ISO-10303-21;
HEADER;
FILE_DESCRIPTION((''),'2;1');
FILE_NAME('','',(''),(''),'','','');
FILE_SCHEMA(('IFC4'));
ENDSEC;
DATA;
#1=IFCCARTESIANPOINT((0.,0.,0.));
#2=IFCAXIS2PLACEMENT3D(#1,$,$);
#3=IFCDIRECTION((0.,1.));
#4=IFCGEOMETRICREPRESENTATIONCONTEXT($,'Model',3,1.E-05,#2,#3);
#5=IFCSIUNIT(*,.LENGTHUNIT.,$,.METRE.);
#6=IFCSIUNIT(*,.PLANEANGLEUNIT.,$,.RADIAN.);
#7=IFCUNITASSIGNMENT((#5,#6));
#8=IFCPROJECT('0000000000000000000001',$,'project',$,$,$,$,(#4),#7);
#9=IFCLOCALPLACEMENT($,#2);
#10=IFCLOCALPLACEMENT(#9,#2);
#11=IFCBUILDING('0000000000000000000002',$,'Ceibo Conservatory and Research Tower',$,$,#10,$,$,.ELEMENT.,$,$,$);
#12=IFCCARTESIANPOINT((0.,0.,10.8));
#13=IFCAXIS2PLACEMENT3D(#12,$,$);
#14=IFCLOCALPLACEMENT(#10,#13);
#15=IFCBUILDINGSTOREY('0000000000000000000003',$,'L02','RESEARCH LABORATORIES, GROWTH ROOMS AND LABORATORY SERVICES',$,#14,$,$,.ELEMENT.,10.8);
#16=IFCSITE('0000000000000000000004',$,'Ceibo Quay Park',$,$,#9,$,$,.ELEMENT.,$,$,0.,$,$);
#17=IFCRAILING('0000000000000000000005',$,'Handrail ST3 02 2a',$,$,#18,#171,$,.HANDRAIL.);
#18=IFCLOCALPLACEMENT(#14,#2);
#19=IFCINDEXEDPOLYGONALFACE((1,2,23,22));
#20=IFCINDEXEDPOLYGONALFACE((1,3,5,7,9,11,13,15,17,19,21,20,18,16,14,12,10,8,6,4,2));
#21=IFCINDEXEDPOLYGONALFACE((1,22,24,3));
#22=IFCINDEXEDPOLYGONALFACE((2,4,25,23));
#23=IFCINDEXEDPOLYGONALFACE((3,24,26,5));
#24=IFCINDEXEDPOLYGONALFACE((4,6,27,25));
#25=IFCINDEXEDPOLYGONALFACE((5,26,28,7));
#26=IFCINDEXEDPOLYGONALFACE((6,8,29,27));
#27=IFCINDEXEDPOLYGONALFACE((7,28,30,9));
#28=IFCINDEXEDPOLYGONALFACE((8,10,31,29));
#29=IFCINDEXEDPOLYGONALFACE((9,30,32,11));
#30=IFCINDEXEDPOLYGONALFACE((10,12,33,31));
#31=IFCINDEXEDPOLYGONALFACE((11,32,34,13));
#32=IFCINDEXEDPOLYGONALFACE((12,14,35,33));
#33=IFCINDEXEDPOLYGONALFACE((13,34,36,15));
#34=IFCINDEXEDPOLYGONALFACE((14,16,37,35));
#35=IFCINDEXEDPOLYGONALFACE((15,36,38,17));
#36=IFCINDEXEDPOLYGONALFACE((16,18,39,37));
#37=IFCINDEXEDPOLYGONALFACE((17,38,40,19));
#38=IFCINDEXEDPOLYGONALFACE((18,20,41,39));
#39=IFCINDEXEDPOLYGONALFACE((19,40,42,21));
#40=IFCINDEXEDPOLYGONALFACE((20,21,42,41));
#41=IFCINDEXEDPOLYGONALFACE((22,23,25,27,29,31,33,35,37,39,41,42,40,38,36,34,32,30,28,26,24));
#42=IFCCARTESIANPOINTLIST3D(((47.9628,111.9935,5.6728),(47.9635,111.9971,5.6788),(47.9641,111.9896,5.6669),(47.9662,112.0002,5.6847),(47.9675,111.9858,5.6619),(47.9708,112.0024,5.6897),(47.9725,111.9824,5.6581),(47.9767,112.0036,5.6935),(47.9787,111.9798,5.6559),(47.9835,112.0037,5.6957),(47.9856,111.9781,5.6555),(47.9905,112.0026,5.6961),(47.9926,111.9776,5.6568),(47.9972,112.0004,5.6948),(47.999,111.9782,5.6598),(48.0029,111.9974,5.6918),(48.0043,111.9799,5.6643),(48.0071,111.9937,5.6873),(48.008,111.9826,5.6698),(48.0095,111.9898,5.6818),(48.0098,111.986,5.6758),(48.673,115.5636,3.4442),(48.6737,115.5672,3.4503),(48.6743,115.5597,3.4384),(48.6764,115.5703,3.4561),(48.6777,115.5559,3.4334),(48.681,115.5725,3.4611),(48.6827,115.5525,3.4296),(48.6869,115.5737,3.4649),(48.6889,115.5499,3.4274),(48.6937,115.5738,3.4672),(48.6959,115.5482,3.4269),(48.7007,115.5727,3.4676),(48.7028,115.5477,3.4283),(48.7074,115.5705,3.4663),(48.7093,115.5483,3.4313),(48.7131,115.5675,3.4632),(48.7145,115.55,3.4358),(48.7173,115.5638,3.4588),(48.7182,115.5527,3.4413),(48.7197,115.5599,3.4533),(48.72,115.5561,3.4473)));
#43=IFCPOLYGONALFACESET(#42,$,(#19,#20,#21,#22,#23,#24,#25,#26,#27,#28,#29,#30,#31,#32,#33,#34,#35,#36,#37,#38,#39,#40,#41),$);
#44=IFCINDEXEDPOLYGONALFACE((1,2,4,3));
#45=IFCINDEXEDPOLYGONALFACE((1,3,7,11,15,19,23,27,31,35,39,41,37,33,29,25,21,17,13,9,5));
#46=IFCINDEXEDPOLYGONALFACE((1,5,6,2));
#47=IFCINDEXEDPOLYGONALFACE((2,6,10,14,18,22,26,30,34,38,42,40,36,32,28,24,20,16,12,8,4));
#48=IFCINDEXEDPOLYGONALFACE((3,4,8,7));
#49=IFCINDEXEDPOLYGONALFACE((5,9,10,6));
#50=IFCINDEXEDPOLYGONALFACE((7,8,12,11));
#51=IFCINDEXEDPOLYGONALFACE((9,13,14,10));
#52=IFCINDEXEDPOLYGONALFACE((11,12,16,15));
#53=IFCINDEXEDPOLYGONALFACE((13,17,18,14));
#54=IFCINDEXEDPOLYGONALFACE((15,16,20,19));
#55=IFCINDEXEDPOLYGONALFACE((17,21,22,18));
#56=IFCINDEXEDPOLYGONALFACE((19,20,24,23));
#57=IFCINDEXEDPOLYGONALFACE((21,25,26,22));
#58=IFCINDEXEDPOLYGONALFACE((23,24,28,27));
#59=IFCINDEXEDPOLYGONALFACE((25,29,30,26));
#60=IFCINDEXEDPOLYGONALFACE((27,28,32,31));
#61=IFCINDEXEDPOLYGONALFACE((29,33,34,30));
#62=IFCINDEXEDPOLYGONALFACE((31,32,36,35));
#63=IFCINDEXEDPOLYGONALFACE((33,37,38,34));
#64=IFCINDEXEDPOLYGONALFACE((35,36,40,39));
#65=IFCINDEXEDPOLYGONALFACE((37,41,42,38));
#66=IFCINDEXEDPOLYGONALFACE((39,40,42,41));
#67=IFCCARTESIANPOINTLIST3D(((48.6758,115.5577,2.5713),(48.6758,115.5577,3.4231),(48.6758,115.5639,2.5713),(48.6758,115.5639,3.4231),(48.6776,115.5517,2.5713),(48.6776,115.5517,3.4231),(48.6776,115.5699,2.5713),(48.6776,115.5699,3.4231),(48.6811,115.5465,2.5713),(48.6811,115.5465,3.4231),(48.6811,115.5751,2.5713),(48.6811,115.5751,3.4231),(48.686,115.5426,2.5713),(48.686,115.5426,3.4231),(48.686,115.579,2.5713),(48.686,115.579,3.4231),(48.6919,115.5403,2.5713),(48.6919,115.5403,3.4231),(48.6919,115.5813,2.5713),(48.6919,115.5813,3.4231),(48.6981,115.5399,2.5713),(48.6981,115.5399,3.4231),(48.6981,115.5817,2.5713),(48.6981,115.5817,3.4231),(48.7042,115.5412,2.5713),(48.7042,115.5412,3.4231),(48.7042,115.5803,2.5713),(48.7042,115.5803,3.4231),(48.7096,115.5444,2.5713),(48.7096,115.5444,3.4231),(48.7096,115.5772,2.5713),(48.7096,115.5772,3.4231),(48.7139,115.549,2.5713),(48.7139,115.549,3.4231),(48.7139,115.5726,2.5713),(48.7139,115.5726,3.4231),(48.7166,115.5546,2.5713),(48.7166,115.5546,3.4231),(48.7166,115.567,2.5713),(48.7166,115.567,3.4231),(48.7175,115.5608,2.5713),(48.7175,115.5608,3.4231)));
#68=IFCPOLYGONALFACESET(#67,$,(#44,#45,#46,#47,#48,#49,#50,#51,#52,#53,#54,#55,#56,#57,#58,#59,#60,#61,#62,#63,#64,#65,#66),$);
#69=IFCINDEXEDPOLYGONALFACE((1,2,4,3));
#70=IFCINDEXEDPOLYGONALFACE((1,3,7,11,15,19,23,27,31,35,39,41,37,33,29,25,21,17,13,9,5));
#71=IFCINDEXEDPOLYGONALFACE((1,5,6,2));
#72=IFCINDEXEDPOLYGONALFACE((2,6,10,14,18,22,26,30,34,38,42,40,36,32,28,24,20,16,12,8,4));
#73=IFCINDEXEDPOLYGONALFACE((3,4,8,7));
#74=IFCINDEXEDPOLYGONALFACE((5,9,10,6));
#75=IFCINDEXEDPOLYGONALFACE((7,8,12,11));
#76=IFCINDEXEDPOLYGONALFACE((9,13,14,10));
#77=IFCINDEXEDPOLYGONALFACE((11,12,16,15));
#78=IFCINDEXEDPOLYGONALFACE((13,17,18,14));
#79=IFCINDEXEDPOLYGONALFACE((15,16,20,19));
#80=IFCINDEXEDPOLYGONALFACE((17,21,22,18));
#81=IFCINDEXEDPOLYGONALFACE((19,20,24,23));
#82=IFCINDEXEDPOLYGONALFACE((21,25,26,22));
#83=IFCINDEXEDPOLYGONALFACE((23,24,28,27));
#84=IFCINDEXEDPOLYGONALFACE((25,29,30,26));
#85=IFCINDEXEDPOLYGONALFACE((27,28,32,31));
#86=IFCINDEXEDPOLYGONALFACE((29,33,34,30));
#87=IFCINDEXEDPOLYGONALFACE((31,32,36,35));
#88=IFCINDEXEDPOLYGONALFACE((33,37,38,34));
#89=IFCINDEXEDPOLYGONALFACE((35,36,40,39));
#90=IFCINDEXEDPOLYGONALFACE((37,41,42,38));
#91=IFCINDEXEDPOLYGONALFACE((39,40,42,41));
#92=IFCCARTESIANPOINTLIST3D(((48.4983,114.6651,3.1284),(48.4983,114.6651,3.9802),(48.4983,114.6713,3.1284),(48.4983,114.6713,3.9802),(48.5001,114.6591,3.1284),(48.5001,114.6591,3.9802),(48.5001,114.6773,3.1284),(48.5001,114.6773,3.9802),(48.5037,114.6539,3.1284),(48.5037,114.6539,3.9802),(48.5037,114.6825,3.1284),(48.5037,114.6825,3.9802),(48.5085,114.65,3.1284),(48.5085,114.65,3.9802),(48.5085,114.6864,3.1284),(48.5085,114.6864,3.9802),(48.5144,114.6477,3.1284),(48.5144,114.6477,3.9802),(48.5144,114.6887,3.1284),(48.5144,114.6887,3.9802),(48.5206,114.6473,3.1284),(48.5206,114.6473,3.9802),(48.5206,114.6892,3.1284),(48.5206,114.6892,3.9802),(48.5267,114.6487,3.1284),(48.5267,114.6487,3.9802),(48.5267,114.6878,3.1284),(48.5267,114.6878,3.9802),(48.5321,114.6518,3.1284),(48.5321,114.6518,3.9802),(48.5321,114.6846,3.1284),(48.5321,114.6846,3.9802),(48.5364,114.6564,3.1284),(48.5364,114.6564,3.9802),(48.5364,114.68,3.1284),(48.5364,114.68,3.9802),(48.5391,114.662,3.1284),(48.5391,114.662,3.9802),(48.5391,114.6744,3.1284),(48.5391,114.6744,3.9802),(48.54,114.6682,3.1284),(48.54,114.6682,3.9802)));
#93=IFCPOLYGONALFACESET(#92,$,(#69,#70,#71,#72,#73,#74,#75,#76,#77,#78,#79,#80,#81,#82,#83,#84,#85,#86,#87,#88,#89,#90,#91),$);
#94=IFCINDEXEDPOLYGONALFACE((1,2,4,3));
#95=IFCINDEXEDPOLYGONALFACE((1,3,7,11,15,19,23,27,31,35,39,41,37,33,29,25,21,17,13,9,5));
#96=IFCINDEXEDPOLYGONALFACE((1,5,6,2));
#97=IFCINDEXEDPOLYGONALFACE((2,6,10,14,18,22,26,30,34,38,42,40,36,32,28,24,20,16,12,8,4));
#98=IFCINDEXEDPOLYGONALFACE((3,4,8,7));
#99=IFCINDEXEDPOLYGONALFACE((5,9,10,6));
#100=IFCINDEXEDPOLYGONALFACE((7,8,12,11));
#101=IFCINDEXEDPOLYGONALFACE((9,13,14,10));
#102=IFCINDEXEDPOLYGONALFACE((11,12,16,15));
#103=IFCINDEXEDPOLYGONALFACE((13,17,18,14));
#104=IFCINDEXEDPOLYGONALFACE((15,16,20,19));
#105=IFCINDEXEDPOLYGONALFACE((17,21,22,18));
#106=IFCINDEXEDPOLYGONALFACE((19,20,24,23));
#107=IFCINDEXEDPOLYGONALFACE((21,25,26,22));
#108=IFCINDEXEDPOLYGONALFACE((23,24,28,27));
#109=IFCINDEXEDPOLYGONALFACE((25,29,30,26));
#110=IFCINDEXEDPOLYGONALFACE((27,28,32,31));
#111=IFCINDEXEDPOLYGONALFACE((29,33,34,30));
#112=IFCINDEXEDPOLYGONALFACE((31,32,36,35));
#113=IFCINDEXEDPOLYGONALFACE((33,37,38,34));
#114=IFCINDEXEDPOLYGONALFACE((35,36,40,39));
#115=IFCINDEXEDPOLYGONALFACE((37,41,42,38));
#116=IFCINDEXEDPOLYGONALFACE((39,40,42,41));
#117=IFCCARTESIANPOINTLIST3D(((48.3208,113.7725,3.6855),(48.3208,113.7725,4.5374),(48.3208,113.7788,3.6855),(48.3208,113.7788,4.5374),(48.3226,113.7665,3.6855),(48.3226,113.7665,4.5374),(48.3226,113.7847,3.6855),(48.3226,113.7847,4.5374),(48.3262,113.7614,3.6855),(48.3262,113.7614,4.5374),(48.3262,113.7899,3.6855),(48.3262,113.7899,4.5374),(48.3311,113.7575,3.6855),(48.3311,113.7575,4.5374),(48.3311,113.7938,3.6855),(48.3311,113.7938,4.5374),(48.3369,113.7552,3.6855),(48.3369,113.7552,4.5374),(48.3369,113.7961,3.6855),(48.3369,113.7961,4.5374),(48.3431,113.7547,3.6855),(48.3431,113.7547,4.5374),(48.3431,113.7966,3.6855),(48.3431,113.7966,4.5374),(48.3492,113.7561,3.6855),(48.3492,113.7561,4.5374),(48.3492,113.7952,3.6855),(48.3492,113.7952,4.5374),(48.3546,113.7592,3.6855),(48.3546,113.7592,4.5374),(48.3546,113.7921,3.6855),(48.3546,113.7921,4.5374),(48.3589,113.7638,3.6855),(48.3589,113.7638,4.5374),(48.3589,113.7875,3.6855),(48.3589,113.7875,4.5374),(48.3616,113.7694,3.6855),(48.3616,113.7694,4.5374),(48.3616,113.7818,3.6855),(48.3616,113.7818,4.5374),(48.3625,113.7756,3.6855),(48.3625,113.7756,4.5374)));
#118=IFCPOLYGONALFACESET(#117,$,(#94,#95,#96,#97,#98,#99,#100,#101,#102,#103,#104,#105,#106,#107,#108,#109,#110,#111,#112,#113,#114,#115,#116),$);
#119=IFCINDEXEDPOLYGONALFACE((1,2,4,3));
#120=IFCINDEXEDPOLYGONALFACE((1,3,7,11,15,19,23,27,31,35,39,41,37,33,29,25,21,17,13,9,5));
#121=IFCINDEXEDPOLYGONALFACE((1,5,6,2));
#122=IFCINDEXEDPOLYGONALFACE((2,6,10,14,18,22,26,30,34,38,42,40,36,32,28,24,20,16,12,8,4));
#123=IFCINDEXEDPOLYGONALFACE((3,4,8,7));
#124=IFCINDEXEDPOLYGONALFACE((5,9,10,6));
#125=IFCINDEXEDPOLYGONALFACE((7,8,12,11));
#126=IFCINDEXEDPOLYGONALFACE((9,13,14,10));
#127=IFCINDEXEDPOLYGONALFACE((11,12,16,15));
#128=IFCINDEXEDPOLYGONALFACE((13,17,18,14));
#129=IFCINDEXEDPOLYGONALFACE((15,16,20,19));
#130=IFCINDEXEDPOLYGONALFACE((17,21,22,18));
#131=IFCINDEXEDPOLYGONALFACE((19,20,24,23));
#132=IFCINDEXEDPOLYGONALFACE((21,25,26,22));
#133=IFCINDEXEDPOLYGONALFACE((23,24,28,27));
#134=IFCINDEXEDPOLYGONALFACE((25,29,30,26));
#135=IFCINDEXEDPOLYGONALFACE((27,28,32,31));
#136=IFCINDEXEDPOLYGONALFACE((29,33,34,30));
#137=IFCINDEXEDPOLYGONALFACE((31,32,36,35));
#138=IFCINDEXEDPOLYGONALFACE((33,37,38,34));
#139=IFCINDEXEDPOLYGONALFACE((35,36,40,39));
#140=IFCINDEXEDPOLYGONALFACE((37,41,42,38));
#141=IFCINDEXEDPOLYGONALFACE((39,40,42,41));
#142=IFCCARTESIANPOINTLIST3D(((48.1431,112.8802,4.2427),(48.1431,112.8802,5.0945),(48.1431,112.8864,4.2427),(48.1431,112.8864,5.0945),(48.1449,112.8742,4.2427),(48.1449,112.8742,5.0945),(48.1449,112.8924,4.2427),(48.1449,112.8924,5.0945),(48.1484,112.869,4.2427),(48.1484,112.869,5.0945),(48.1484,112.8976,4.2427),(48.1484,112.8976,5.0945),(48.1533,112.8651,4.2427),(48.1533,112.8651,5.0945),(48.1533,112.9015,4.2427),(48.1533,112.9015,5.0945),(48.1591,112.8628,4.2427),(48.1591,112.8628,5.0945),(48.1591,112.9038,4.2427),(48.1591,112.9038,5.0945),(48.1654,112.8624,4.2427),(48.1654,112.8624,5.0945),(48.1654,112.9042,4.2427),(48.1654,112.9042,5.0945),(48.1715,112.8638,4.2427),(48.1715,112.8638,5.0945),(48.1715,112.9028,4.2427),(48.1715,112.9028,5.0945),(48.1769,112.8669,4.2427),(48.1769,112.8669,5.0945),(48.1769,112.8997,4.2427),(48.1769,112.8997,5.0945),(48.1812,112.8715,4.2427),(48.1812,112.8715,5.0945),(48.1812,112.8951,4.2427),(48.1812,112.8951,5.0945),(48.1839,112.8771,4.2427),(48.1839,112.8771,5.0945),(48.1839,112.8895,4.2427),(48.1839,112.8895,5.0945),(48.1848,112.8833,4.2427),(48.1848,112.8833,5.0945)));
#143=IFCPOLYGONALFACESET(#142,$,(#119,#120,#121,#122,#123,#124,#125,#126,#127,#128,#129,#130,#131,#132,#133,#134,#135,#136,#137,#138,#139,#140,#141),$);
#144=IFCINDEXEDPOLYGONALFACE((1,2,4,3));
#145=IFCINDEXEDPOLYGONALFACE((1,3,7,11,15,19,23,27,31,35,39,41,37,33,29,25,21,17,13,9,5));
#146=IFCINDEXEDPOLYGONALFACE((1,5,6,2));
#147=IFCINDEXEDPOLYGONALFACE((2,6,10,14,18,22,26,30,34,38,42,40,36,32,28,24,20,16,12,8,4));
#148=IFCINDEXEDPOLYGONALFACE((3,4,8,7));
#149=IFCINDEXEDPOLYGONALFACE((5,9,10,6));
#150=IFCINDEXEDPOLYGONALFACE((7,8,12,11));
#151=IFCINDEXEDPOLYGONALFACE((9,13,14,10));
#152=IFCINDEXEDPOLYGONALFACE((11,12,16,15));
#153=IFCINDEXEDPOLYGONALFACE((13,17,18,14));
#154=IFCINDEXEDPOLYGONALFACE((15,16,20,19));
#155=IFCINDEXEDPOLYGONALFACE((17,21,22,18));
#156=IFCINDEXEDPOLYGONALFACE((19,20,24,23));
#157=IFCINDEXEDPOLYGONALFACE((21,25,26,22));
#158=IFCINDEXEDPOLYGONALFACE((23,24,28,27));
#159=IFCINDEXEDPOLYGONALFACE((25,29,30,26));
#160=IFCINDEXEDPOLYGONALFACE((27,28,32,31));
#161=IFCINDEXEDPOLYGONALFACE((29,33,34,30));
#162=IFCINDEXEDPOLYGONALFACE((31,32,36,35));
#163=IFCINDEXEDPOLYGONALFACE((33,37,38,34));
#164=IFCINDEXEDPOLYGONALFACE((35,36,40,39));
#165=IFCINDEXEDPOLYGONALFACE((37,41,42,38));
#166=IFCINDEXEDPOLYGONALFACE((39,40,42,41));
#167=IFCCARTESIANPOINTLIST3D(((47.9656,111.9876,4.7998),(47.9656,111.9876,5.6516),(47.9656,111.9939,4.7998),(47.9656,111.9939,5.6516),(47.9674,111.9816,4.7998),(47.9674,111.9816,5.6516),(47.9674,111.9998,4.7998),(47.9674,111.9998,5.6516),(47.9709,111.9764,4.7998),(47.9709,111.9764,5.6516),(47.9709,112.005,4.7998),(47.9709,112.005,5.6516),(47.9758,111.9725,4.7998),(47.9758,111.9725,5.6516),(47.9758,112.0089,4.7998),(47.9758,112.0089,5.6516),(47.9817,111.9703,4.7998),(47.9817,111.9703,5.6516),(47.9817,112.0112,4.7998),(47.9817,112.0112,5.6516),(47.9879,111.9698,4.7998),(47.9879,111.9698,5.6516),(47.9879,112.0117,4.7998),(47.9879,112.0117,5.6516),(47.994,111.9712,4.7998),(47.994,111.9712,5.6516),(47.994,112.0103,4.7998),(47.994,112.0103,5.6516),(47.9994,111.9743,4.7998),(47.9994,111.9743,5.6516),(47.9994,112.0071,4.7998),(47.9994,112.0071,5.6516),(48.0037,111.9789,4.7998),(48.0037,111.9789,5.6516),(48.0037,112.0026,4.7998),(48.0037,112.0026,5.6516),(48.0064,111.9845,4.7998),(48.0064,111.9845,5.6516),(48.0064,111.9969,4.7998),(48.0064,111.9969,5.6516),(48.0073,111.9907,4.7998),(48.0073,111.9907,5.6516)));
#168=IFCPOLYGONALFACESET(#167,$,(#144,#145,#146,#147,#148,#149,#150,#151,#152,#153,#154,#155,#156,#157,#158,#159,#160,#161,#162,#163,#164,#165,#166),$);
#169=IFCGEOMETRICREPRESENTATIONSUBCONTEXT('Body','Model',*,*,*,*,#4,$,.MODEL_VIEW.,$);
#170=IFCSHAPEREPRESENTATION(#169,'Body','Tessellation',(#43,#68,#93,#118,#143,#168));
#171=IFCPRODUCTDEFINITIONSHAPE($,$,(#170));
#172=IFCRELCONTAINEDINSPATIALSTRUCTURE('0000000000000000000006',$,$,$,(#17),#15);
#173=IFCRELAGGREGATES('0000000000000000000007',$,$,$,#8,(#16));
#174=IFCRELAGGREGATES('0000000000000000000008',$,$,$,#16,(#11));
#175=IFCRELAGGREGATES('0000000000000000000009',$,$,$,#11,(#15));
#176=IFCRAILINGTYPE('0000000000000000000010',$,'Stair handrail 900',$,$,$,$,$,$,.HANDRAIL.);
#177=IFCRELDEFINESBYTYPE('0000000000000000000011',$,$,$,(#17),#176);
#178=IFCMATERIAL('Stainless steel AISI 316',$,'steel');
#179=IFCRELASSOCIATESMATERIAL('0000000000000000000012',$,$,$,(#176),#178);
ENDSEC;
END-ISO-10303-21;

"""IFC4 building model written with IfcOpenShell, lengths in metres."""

from ifc_helpers import new_model, si_unit, direction, frame, origin, origin_2d, place, context, subcontext, project, spatial, circle, extrude, material, type_object, element, save


model = new_model("IFC4")

# Units and contexts
model_context = context("Model", 3, precision=1e-05, world=origin(), true_north=direction((0.0, 1.0)))
body_context = subcontext(model_context, "Body", "Model", "MODEL_VIEW")
ifc_project = project(units=[si_unit("LENGTHUNIT", "METRE"), si_unit("PLANEANGLEUNIT", "RADIAN")], contexts=[model_context])

# Site, building, storey
site_placement = place(None, origin())
site = spatial("IfcSite", under=ifc_project, at=site_placement, Name="Ceibo Quay Park", CompositionType="ELEMENT", RefElevation=0.0)
building_placement = place(site_placement, origin())
building = spatial("IfcBuilding", under=site, at=building_placement, Name="Ceibo Conservatory and Research Tower", CompositionType="ELEMENT")
storey_placement = place(building_placement, frame((0.0, 0.0, 10.8)))
storey = spatial("IfcBuildingStorey", under=building, at=storey_placement, Name="L02", Description="RESEARCH LABORATORIES, GROWTH ROOMS AND LABORATORY SERVICES", CompositionType="ELEMENT", Elevation=10.8)

# Shared definitions
ifc_material_1 = material(Name="Stainless steel AISI 316", Category="steel")

# Railing
railing_type = type_object("IfcRailingType", Name="Stair handrail 900", PredefinedType="HANDRAIL", material=ifc_material_1)
railing_placement = place(storey_placement, frame((48.6965, 115.5608, 2.5713)))
element("IfcRailing", 1, at=railing_placement, inside=storey, type_object=railing_type, Name="Handrail ST3 02 2a", PredefinedType="HANDRAIL", context=body_context, shape_type="SweptSolid", body=[
    extrude(circle(Radius=0.0239, at=origin_2d()), frame((0.0, 0.0, 0.876), z_axis=(-0.166401, -0.836468, 0.522142), x_axis=(0.980781, -0.19511, 0.0)), (0.0, 0.0, 1.0), 4.2681),
    extrude(circle(Radius=0.021, at=origin_2d()), origin(), (0.0, 0.0, 1.0), 0.8518),
    extrude(circle(Radius=0.021, at=origin_2d()), frame((-0.1775, -0.8926, 0.5571)), (0.0, 0.0, 1.0), 0.8518),
    extrude(circle(Radius=0.021, at=origin_2d()), frame((-0.355, -1.7852, 1.1143)), (0.0, 0.0, 1.0), 0.8518),
    extrude(circle(Radius=0.021, at=origin_2d()), frame((-0.5327, -2.6775, 1.6714)), (0.0, 0.0, 1.0), 0.8518),
    extrude(circle(Radius=0.021, at=origin_2d()), frame((-0.7102, -3.5701, 2.2285)), (0.0, 0.0, 1.0), 0.8518),
])

save(model, "model.ifc")
